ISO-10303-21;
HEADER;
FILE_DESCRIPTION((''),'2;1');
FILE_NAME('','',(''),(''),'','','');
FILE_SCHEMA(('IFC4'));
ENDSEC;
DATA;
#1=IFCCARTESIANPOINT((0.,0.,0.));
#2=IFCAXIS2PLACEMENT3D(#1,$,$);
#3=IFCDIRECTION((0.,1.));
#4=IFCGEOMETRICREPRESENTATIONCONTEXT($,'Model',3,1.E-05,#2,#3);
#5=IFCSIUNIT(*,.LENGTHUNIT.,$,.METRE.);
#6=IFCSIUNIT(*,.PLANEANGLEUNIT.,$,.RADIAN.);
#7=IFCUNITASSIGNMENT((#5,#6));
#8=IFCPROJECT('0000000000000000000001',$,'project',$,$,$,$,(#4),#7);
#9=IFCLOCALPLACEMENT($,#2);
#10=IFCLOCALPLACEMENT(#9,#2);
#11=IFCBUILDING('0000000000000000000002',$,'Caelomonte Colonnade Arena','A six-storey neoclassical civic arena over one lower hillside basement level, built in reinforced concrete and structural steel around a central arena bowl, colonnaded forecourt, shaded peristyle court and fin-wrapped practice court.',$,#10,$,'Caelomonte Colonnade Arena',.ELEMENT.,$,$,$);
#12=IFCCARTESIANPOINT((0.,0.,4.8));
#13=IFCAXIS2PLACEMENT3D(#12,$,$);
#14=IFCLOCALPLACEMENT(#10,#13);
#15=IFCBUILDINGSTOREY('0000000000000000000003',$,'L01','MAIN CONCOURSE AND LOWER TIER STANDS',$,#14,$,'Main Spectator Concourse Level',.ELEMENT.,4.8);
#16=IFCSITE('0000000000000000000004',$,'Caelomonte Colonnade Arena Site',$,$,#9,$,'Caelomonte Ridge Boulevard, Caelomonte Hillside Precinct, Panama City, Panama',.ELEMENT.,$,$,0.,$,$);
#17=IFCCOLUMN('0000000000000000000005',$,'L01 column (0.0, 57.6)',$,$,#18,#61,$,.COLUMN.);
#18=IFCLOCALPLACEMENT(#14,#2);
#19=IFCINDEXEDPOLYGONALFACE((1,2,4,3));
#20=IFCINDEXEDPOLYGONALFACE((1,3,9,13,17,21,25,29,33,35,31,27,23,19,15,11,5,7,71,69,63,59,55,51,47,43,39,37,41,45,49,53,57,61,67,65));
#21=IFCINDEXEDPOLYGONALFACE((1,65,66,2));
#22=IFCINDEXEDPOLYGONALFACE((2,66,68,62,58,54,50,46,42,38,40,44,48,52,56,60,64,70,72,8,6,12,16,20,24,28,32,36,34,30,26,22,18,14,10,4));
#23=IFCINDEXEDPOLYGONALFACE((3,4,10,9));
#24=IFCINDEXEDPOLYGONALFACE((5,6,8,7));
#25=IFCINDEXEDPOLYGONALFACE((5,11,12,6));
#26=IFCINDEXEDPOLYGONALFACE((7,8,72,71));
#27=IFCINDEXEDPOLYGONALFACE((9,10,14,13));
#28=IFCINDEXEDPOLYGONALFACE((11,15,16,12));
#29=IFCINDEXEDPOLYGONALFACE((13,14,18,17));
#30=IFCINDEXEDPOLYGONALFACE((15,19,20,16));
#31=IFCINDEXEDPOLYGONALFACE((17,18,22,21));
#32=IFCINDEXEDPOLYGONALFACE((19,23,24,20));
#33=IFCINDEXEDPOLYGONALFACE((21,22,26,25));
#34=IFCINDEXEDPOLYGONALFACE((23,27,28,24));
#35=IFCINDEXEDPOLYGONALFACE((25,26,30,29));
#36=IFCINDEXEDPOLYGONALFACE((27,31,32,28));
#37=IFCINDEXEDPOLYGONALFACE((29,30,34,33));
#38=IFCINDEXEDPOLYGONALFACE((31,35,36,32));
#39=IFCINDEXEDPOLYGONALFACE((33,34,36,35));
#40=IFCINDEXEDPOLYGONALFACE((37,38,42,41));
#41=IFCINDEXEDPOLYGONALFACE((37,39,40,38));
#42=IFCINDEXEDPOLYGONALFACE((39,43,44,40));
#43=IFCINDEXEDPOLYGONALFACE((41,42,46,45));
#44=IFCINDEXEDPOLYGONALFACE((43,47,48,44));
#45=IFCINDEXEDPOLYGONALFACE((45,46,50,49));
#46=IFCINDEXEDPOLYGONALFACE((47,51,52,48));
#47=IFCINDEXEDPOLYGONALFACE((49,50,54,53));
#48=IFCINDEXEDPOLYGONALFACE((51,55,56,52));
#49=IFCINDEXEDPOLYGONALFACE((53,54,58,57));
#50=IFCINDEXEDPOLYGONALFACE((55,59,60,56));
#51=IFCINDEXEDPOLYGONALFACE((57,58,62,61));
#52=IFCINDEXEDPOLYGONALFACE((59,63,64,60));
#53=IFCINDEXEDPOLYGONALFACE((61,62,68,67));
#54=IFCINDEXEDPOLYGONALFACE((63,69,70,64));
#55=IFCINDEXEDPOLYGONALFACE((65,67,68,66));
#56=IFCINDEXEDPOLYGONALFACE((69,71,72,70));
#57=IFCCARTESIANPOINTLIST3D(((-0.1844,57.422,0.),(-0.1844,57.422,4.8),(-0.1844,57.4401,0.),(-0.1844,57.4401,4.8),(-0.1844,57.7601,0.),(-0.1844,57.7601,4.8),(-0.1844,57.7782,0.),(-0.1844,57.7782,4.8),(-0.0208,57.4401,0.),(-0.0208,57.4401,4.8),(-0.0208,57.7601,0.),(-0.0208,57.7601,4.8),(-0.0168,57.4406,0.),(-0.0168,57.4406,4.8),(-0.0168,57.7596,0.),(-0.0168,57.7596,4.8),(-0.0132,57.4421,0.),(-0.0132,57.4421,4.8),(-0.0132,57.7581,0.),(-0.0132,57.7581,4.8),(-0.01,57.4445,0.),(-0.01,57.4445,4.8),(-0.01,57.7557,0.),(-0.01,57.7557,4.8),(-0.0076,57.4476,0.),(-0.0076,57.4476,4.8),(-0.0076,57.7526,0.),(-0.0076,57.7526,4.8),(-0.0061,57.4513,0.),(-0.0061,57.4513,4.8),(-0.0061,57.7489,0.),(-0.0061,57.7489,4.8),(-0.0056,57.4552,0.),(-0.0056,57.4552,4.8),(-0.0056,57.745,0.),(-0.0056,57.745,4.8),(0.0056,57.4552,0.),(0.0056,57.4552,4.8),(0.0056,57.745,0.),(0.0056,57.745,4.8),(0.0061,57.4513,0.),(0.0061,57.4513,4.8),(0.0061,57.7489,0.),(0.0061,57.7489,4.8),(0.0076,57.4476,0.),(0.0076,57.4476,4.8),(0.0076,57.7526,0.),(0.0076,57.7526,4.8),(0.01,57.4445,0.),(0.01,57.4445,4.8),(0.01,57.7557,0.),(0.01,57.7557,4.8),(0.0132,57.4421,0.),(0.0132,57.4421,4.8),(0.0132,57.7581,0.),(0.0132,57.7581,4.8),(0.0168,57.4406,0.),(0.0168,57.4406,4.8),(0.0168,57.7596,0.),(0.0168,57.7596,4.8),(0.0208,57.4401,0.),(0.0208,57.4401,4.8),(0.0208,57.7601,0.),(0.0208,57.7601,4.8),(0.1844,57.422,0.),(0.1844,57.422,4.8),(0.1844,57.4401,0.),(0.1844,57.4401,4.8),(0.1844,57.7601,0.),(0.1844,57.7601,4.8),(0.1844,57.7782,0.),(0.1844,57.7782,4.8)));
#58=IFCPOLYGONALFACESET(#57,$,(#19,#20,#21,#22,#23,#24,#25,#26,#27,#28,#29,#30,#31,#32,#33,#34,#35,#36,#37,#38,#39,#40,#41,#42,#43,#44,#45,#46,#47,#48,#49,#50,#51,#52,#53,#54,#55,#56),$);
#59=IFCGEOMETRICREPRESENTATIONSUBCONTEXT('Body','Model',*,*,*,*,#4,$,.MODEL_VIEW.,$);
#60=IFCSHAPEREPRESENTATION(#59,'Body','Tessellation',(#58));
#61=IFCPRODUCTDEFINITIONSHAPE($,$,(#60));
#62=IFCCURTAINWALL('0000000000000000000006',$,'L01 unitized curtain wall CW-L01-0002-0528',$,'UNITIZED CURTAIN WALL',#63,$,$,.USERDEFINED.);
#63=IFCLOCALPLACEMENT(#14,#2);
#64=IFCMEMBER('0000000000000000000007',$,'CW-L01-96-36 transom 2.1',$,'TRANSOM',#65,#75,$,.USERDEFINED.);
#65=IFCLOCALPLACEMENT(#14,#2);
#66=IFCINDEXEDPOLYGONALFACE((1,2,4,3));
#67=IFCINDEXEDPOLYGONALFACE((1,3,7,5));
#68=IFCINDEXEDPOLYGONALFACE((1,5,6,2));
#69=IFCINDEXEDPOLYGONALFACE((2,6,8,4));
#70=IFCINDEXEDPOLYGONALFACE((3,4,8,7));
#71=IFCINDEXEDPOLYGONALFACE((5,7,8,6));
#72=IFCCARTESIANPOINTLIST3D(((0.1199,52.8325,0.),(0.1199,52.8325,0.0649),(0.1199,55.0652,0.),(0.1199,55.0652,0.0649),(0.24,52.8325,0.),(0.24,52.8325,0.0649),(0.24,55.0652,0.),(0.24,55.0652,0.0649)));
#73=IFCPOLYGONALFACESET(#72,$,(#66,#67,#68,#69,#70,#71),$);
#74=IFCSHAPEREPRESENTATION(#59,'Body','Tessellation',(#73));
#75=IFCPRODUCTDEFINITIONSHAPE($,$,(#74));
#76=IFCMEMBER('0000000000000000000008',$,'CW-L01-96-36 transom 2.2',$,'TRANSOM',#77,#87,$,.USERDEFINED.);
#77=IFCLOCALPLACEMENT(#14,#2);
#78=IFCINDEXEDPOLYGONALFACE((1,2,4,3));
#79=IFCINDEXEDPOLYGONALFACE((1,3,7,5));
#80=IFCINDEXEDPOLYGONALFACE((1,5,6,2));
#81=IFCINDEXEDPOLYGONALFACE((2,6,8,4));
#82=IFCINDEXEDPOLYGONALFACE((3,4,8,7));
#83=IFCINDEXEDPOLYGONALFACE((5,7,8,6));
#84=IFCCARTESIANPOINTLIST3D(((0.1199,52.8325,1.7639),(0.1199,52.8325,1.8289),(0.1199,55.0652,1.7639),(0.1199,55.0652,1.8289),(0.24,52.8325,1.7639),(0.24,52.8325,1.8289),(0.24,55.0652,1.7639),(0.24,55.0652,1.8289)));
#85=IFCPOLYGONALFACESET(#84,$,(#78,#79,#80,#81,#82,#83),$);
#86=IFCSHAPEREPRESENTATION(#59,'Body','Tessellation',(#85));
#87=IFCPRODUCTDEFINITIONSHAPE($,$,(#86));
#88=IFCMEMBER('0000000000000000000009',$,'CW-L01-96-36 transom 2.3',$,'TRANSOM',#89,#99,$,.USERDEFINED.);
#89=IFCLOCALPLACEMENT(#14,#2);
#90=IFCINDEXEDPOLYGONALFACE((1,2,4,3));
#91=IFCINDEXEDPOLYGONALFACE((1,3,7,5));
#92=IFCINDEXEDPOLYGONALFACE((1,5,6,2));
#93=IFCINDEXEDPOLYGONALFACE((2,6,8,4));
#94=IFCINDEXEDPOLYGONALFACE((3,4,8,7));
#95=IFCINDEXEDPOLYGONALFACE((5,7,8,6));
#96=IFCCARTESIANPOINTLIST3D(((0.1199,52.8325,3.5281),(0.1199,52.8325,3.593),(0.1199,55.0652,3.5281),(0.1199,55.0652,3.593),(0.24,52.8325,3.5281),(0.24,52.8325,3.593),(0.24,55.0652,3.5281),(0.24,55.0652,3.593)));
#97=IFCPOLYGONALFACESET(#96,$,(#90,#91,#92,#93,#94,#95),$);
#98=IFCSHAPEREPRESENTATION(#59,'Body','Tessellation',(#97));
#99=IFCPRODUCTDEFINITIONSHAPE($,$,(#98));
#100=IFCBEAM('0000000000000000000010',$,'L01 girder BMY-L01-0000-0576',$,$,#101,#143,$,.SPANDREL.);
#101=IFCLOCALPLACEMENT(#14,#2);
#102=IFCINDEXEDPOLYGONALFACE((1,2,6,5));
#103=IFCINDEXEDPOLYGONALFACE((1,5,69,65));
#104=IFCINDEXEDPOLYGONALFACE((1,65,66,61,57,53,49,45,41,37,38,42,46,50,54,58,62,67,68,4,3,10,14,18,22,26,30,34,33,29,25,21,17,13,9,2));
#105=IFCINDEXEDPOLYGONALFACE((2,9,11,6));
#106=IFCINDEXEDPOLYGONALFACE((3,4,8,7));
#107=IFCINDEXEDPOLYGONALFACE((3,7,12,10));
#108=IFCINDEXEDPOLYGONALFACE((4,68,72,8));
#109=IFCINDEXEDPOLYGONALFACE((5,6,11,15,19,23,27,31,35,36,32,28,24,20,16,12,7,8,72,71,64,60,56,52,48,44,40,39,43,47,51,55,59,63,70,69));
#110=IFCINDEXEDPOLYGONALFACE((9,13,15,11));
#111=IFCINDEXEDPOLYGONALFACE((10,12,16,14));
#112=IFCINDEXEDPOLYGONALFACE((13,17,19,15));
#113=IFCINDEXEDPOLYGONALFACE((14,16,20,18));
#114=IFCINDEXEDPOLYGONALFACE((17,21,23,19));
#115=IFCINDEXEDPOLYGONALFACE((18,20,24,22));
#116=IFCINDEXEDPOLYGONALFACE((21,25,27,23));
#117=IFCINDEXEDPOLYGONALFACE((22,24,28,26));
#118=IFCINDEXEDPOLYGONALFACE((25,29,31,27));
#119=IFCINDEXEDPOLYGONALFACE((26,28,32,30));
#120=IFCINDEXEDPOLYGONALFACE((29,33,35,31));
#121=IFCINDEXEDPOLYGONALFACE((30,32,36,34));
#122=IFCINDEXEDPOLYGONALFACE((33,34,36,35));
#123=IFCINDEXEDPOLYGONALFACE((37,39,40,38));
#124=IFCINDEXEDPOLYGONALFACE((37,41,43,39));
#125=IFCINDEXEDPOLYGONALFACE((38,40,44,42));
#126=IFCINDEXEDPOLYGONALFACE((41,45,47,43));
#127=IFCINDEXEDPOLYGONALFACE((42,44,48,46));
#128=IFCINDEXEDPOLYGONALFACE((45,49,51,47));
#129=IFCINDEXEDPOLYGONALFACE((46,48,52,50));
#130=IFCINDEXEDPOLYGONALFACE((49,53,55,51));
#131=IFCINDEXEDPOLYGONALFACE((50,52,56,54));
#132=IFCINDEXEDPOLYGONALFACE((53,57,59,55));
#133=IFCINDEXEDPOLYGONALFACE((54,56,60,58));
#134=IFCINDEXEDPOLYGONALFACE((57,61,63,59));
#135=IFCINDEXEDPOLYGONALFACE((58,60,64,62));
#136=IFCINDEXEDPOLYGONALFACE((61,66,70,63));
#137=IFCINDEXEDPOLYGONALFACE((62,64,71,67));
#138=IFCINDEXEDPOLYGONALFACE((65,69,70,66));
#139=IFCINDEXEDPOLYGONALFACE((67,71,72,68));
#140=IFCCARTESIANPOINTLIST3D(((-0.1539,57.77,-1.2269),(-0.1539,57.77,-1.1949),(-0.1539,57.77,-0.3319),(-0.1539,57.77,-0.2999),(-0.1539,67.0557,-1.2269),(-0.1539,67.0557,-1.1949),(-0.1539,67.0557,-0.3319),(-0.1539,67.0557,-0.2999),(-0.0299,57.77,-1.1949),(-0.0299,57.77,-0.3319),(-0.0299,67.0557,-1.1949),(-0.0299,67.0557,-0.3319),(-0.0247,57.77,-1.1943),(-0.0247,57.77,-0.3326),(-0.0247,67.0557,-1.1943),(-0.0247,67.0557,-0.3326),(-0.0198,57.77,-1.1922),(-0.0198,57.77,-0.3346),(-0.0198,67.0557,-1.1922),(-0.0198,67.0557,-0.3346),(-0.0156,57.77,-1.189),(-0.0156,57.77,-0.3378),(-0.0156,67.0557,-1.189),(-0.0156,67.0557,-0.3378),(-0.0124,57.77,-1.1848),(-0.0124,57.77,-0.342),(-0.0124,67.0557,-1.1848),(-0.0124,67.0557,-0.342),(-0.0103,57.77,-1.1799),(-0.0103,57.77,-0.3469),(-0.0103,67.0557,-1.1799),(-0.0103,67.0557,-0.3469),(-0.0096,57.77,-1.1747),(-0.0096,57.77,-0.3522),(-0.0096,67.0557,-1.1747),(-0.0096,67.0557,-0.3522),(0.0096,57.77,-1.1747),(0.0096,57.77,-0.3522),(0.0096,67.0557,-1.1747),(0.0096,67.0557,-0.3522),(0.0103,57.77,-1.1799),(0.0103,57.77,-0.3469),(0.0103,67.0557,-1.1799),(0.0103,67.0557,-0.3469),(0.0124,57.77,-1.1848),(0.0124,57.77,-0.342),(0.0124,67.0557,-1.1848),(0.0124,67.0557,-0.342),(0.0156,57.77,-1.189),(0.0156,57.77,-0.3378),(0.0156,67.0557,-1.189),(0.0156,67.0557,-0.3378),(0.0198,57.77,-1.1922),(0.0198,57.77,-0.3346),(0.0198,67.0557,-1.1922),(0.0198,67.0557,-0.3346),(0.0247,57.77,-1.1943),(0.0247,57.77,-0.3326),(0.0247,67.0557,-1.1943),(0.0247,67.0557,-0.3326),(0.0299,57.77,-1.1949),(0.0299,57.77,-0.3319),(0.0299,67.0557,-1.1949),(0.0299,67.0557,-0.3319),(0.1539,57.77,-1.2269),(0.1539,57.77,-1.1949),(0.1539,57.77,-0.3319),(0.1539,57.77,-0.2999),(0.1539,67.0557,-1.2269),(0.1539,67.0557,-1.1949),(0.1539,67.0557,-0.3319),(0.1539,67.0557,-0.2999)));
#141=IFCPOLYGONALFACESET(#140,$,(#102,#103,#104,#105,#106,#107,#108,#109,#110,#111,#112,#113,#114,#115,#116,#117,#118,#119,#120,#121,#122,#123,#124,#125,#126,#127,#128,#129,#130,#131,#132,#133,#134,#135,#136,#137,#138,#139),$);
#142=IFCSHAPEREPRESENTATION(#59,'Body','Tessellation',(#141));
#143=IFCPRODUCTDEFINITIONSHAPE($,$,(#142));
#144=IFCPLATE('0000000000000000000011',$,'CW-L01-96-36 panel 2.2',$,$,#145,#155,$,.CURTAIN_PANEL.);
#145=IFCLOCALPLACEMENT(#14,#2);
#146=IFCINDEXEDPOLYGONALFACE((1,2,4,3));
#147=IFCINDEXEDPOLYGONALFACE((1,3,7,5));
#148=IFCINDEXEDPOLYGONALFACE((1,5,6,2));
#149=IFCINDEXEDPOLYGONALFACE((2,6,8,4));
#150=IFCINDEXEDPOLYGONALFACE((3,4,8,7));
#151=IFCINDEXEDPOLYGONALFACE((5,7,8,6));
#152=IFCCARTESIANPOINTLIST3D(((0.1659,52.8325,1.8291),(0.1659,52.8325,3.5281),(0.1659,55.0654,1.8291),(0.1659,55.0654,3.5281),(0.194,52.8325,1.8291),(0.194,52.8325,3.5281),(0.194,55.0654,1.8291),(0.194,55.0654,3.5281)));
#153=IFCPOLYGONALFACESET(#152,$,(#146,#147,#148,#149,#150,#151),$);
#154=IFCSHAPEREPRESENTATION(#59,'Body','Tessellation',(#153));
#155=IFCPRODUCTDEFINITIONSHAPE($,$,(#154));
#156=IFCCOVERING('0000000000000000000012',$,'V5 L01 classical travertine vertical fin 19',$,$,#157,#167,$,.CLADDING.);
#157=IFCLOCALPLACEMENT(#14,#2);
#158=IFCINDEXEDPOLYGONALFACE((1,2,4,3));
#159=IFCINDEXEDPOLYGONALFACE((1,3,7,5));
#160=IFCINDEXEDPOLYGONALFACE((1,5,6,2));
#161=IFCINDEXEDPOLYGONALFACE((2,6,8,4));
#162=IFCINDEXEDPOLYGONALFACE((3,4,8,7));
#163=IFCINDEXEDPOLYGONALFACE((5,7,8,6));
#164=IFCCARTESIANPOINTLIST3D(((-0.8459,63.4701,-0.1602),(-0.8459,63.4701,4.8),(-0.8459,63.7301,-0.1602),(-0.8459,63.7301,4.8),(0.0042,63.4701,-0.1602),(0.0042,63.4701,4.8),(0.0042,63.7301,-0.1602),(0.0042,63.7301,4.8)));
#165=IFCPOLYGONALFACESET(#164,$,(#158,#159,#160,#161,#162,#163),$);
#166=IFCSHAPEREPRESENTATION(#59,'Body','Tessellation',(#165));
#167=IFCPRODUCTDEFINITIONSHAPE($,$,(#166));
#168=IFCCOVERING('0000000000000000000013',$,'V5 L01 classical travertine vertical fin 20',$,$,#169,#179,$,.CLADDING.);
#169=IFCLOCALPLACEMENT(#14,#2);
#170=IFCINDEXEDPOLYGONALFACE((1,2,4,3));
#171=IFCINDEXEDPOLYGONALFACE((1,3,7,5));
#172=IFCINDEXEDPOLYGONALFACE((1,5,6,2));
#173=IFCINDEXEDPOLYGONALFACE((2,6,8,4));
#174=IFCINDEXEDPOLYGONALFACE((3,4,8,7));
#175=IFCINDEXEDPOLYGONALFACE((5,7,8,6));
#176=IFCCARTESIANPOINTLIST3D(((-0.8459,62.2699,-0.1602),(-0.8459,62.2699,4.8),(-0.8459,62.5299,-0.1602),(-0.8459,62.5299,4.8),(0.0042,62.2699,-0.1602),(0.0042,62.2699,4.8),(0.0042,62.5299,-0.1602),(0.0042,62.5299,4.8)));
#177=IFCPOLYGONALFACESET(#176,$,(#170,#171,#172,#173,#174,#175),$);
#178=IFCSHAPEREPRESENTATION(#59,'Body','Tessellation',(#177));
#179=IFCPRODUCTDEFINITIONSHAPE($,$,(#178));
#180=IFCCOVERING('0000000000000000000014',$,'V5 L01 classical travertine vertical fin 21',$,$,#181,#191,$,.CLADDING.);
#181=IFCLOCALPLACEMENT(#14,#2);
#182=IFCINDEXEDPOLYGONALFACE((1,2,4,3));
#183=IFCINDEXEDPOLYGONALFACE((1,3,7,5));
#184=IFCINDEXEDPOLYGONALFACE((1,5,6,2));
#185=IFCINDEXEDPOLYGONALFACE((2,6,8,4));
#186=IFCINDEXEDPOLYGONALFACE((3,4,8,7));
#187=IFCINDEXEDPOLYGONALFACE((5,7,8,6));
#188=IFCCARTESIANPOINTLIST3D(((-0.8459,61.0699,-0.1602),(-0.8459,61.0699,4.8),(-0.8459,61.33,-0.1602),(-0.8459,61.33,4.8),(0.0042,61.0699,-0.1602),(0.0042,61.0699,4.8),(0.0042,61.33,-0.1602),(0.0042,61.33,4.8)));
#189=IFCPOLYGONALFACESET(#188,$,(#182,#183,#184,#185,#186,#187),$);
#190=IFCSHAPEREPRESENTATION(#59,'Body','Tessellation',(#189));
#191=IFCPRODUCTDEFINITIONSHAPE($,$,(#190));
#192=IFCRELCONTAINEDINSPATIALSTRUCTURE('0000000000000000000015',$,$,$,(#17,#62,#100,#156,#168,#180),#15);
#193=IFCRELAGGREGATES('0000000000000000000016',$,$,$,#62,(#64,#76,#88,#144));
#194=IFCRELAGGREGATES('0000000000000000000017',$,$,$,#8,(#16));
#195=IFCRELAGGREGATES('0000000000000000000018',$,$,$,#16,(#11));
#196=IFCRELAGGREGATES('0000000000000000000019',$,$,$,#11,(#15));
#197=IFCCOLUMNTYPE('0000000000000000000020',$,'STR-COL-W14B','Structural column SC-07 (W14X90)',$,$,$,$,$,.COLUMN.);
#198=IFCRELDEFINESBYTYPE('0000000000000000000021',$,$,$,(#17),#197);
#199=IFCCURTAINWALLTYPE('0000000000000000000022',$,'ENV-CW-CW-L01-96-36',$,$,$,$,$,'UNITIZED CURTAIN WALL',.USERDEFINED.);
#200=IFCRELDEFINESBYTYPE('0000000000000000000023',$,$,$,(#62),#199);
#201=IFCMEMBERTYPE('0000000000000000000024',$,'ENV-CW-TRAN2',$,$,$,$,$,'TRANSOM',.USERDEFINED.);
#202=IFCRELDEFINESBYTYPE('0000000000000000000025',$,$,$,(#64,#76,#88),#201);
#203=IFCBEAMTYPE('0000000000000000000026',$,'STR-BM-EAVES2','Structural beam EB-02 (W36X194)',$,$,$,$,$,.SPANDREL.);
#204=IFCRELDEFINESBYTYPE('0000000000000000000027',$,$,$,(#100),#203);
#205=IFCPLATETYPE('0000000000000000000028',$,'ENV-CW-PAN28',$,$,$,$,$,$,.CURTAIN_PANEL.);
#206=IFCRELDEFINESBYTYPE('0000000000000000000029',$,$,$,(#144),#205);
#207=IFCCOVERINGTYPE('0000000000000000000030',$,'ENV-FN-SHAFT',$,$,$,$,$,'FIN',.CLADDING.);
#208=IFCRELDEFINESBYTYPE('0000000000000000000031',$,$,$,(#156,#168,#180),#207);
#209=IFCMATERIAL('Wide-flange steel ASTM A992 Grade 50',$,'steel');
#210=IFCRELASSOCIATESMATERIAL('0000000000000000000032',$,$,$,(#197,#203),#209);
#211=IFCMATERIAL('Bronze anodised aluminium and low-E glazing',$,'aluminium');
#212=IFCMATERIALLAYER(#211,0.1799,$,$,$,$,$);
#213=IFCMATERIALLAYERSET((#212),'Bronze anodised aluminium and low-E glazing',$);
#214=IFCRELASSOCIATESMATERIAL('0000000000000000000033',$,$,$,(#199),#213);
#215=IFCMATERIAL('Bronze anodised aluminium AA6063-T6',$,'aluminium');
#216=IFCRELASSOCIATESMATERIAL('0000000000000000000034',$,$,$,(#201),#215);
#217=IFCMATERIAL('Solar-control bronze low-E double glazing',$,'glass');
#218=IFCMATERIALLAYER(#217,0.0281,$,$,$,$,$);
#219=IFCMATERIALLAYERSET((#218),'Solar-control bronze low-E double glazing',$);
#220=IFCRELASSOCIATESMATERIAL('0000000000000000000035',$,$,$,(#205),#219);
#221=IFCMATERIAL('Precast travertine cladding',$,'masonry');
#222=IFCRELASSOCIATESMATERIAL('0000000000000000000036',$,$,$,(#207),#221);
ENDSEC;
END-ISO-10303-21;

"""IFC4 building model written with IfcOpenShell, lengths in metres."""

from ifc_helpers import new_model, si_unit, direction, frame, origin, origin_2d, place, context, subcontext, project, spatial, rectangle, i_section, extrude, material, layer, layer_set, material_profile, profile_set, type_object, element, aggregate, save


model = new_model("IFC4")

# Units and contexts
model_context = context("Model", 3, precision=1e-05, world=origin(), true_north=direction((0.0, 1.0)))
body_context = subcontext(model_context, "Body", "Model", "MODEL_VIEW")
ifc_project = project(units=[si_unit("LENGTHUNIT", "METRE"), si_unit("PLANEANGLEUNIT", "RADIAN")], contexts=[model_context])

# Site, building, storey
site_placement = place(None, origin())
site = spatial("IfcSite", under=ifc_project, at=site_placement, Name="Caelomonte Colonnade Arena Site", LongName="Caelomonte Ridge Boulevard, Caelomonte Hillside Precinct, Panama City, Panama", CompositionType="ELEMENT", RefElevation=0.0)
building_placement = place(site_placement, origin())
building = spatial("IfcBuilding", under=site, at=building_placement, Name="Caelomonte Colonnade Arena", Description="A six-storey neoclassical civic arena over one lower hillside basement level, built in reinforced concrete and structural steel around a central arena bowl, colonnaded forecourt, shaded peristyle court and fin-wrapped practice court.", LongName="Caelomonte Colonnade Arena", CompositionType="ELEMENT")
storey_placement = place(building_placement, frame((0.0, 0.0, 4.8)))
storey = spatial("IfcBuildingStorey", under=building, at=storey_placement, Name="L01", Description="MAIN CONCOURSE AND LOWER TIER STANDS", LongName="Main Spectator Concourse Level", CompositionType="ELEMENT", Elevation=4.8)

# Column
ifc_material_1 = material(Name="Wide-flange steel ASTM A992 Grade 50", Category="steel")
ifc_material_profile_1 = material_profile(ifc_material_1, i_section(OverallWidth=0.3689, OverallDepth=0.3562, WebThickness=0.0112, FlangeThickness=0.0181, FilletRadius=0.0151, at=origin_2d()), Name="W14X90")
ifc_profile_set_1 = profile_set([ifc_material_profile_1], Name="Wide-flange steel ASTM A992 Grade 50")
column_type = type_object("IfcColumnType", Name="STR-COL-W14B", Description="Structural column SC-07 (W14X90)", PredefinedType="COLUMN", material=ifc_profile_set_1)
column_placement = place(storey_placement, frame((0.0, 57.6001, 0.0), z_axis=(0.0, 0.0, 1.0), x_axis=(1.0, 0.0, 0.0)))
element("IfcColumn", 1, at=column_placement, inside=storey, type_object=column_type, Name="L01 column (0.0, 57.6)", PredefinedType="COLUMN", context=body_context, shape_type="SweptSolid", body=[
    extrude(i_section(OverallWidth=0.3689, OverallDepth=0.3562, WebThickness=0.0112, FlangeThickness=0.0181, FilletRadius=0.0151, at=origin_2d()), origin(), (0.0, 0.0, 1.0), 4.8),
])

# Curtain wall, members
ifc_material_2 = material(Name="Bronze anodised aluminium and low-E glazing", Category="aluminium")
ifc_layer_1 = layer(ifc_material_2, 0.1799)
ifc_layer_set_1 = layer_set([ifc_layer_1], Name="Bronze anodised aluminium and low-E glazing")
curtain_wall_type = type_object("IfcCurtainWallType", Name="ENV-CW-CW-L01-96-36", ElementType="UNITIZED CURTAIN WALL", PredefinedType="USERDEFINED", material=ifc_layer_set_1)
curtain_wall_placement = place(storey_placement, origin())
curtain_wall = element("IfcCurtainWall", 2, at=curtain_wall_placement, inside=storey, type_object=curtain_wall_type, Name="L01 unitized curtain wall CW-L01-0002-0528", ObjectType="UNITIZED CURTAIN WALL", PredefinedType="USERDEFINED")
ifc_material_3 = material(Name="Bronze anodised aluminium AA6063-T6", Category="aluminium")
ifc_material_profile_2 = material_profile(ifc_material_3, rectangle(XDim=0.0649, YDim=0.1201, at=origin_2d()), Name="CWT-65X120")
ifc_profile_set_2 = profile_set([ifc_material_profile_2], Name="Bronze anodised aluminium AA6063-T6")
member_type = type_object("IfcMemberType", Name="ENV-CW-TRAN2", ElementType="TRANSOM", PredefinedType="USERDEFINED", material=ifc_profile_set_2)
member_1_placement = place(storey_placement, frame((0.1799, 55.0652, 0.0325), z_axis=(0.0, -1.0, 0.0), x_axis=(0.0, 0.0, 1.0)))
member_1 = element("IfcMember", 3, at=member_1_placement, type_object=member_type, Name="CW-L01-96-36 transom 2.1", ObjectType="TRANSOM", PredefinedType="USERDEFINED", context=body_context, shape_type="SweptSolid", body=[
    extrude(rectangle(XDim=0.0649, YDim=0.1201, at=origin_2d()), origin(), (0.0, 0.0, 1.0), 2.2327),
])
member_2_placement = place(storey_placement, frame((0.1799, 55.0652, 1.7964), z_axis=(0.0, -1.0, 0.0), x_axis=(0.0, 0.0, 1.0)))
member_2 = element("IfcMember", 4, at=member_2_placement, type_object=member_type, Name="CW-L01-96-36 transom 2.2", ObjectType="TRANSOM", PredefinedType="USERDEFINED", context=body_context, shape_type="SweptSolid", body=[
    extrude(rectangle(XDim=0.0649, YDim=0.1201, at=origin_2d()), origin(), (0.0, 0.0, 1.0), 2.2327),
])
member_3_placement = place(storey_placement, frame((0.1799, 55.0652, 3.5605), z_axis=(0.0, -1.0, 0.0), x_axis=(0.0, 0.0, 1.0)))
member_3 = element("IfcMember", 5, at=member_3_placement, type_object=member_type, Name="CW-L01-96-36 transom 2.3", ObjectType="TRANSOM", PredefinedType="USERDEFINED", context=body_context, shape_type="SweptSolid", body=[
    extrude(rectangle(XDim=0.0649, YDim=0.1201, at=origin_2d()), origin(), (0.0, 0.0, 1.0), 2.2327),
])

# Beam
ifc_material_profile_3 = material_profile(ifc_material_1, i_section(OverallWidth=0.3079, OverallDepth=0.927, WebThickness=0.0193, FlangeThickness=0.032, FilletRadius=0.0203, at=origin_2d()), Name="W36X194")
ifc_profile_set_3 = profile_set([ifc_material_profile_3], Name="Wide-flange steel ASTM A992 Grade 50")
beam_type = type_object("IfcBeamType", Name="STR-BM-EAVES2", Description="Structural beam EB-02 (W36X194)", PredefinedType="SPANDREL", material=ifc_profile_set_3)
beam_placement = place(storey_placement, frame((0.0, 57.77, -0.7634), z_axis=(0.0, 1.0, 0.0), x_axis=(-1.0, 0.0, 0.0)))
element("IfcBeam", 6, at=beam_placement, inside=storey, type_object=beam_type, Name="L01 girder BMY-L01-0000-0576", PredefinedType="SPANDREL", context=body_context, shape_type="SweptSolid", body=[
    extrude(i_section(OverallWidth=0.3079, OverallDepth=0.927, WebThickness=0.0193, FlangeThickness=0.032, FilletRadius=0.0203, at=origin_2d()), origin(), (0.0, 0.0, 1.0), 9.2856),
])

# Plate
ifc_material_4 = material(Name="Solar-control bronze low-E double glazing", Category="glass")
ifc_layer_2 = layer(ifc_material_4, 0.0281)
ifc_layer_set_2 = layer_set([ifc_layer_2], Name="Solar-control bronze low-E double glazing")
plate_type = type_object("IfcPlateType", Name="ENV-CW-PAN28", PredefinedType="CURTAIN_PANEL", material=ifc_layer_set_2)
plate_placement = place(storey_placement, frame((0.1799, 53.949, 1.8291), z_axis=(0.0, 0.0, 1.0), x_axis=(0.0, -1.0, 0.0)))
plate = element("IfcPlate", 7, at=plate_placement, type_object=plate_type, Name="CW-L01-96-36 panel 2.2", PredefinedType="CURTAIN_PANEL", context=body_context, shape_type="SweptSolid", body=[
    extrude(rectangle(XDim=2.2329, YDim=0.0281, at=origin_2d()), origin(), (0.0, 0.0, 1.0), 1.699),
])
aggregate(curtain_wall, [member_1, member_2, member_3, plate])

# Coverings
ifc_material_5 = material(Name="Precast travertine cladding", Category="masonry")
ifc_material_profile_4 = material_profile(ifc_material_5, rectangle(XDim=0.26, YDim=0.8501, at=origin_2d()), Name="FIN260X850")
ifc_profile_set_4 = profile_set([ifc_material_profile_4], Name="Precast travertine cladding")
covering_type = type_object("IfcCoveringType", Name="ENV-FN-SHAFT", ElementType="FIN", PredefinedType="CLADDING", material=ifc_profile_set_4)
for number, where, z_axis, x_axis, name in (
    (8, (-0.4209, 63.6001, -0.1602), (0.0, 0.0, 1.0), (0.0, 1.0, 0.0), "V5 L01 classical travertine vertical fin 19"),
    (9, (-0.4209, 62.3999, -0.1602), (0.0, 0.0, 1.0), (0.0, 1.0, 0.0), "V5 L01 classical travertine vertical fin 20"),
    (10, (-0.4209, 61.2, -0.1602), (0.0, 0.0, 1.0), (0.0, 1.0, 0.0), "V5 L01 classical travertine vertical fin 21"),
):
    element("IfcCovering", number, at=place(storey_placement, frame(where, z_axis=z_axis, x_axis=x_axis)), inside=storey, type_object=covering_type, Name=name, PredefinedType="CLADDING", context=body_context, shape_type="SweptSolid", body=[
        extrude(rectangle(XDim=0.26, YDim=0.8501, at=origin_2d()), origin(), (0.0, 0.0, 1.0), 4.9602),
    ])

save(model, "model.ifc")
